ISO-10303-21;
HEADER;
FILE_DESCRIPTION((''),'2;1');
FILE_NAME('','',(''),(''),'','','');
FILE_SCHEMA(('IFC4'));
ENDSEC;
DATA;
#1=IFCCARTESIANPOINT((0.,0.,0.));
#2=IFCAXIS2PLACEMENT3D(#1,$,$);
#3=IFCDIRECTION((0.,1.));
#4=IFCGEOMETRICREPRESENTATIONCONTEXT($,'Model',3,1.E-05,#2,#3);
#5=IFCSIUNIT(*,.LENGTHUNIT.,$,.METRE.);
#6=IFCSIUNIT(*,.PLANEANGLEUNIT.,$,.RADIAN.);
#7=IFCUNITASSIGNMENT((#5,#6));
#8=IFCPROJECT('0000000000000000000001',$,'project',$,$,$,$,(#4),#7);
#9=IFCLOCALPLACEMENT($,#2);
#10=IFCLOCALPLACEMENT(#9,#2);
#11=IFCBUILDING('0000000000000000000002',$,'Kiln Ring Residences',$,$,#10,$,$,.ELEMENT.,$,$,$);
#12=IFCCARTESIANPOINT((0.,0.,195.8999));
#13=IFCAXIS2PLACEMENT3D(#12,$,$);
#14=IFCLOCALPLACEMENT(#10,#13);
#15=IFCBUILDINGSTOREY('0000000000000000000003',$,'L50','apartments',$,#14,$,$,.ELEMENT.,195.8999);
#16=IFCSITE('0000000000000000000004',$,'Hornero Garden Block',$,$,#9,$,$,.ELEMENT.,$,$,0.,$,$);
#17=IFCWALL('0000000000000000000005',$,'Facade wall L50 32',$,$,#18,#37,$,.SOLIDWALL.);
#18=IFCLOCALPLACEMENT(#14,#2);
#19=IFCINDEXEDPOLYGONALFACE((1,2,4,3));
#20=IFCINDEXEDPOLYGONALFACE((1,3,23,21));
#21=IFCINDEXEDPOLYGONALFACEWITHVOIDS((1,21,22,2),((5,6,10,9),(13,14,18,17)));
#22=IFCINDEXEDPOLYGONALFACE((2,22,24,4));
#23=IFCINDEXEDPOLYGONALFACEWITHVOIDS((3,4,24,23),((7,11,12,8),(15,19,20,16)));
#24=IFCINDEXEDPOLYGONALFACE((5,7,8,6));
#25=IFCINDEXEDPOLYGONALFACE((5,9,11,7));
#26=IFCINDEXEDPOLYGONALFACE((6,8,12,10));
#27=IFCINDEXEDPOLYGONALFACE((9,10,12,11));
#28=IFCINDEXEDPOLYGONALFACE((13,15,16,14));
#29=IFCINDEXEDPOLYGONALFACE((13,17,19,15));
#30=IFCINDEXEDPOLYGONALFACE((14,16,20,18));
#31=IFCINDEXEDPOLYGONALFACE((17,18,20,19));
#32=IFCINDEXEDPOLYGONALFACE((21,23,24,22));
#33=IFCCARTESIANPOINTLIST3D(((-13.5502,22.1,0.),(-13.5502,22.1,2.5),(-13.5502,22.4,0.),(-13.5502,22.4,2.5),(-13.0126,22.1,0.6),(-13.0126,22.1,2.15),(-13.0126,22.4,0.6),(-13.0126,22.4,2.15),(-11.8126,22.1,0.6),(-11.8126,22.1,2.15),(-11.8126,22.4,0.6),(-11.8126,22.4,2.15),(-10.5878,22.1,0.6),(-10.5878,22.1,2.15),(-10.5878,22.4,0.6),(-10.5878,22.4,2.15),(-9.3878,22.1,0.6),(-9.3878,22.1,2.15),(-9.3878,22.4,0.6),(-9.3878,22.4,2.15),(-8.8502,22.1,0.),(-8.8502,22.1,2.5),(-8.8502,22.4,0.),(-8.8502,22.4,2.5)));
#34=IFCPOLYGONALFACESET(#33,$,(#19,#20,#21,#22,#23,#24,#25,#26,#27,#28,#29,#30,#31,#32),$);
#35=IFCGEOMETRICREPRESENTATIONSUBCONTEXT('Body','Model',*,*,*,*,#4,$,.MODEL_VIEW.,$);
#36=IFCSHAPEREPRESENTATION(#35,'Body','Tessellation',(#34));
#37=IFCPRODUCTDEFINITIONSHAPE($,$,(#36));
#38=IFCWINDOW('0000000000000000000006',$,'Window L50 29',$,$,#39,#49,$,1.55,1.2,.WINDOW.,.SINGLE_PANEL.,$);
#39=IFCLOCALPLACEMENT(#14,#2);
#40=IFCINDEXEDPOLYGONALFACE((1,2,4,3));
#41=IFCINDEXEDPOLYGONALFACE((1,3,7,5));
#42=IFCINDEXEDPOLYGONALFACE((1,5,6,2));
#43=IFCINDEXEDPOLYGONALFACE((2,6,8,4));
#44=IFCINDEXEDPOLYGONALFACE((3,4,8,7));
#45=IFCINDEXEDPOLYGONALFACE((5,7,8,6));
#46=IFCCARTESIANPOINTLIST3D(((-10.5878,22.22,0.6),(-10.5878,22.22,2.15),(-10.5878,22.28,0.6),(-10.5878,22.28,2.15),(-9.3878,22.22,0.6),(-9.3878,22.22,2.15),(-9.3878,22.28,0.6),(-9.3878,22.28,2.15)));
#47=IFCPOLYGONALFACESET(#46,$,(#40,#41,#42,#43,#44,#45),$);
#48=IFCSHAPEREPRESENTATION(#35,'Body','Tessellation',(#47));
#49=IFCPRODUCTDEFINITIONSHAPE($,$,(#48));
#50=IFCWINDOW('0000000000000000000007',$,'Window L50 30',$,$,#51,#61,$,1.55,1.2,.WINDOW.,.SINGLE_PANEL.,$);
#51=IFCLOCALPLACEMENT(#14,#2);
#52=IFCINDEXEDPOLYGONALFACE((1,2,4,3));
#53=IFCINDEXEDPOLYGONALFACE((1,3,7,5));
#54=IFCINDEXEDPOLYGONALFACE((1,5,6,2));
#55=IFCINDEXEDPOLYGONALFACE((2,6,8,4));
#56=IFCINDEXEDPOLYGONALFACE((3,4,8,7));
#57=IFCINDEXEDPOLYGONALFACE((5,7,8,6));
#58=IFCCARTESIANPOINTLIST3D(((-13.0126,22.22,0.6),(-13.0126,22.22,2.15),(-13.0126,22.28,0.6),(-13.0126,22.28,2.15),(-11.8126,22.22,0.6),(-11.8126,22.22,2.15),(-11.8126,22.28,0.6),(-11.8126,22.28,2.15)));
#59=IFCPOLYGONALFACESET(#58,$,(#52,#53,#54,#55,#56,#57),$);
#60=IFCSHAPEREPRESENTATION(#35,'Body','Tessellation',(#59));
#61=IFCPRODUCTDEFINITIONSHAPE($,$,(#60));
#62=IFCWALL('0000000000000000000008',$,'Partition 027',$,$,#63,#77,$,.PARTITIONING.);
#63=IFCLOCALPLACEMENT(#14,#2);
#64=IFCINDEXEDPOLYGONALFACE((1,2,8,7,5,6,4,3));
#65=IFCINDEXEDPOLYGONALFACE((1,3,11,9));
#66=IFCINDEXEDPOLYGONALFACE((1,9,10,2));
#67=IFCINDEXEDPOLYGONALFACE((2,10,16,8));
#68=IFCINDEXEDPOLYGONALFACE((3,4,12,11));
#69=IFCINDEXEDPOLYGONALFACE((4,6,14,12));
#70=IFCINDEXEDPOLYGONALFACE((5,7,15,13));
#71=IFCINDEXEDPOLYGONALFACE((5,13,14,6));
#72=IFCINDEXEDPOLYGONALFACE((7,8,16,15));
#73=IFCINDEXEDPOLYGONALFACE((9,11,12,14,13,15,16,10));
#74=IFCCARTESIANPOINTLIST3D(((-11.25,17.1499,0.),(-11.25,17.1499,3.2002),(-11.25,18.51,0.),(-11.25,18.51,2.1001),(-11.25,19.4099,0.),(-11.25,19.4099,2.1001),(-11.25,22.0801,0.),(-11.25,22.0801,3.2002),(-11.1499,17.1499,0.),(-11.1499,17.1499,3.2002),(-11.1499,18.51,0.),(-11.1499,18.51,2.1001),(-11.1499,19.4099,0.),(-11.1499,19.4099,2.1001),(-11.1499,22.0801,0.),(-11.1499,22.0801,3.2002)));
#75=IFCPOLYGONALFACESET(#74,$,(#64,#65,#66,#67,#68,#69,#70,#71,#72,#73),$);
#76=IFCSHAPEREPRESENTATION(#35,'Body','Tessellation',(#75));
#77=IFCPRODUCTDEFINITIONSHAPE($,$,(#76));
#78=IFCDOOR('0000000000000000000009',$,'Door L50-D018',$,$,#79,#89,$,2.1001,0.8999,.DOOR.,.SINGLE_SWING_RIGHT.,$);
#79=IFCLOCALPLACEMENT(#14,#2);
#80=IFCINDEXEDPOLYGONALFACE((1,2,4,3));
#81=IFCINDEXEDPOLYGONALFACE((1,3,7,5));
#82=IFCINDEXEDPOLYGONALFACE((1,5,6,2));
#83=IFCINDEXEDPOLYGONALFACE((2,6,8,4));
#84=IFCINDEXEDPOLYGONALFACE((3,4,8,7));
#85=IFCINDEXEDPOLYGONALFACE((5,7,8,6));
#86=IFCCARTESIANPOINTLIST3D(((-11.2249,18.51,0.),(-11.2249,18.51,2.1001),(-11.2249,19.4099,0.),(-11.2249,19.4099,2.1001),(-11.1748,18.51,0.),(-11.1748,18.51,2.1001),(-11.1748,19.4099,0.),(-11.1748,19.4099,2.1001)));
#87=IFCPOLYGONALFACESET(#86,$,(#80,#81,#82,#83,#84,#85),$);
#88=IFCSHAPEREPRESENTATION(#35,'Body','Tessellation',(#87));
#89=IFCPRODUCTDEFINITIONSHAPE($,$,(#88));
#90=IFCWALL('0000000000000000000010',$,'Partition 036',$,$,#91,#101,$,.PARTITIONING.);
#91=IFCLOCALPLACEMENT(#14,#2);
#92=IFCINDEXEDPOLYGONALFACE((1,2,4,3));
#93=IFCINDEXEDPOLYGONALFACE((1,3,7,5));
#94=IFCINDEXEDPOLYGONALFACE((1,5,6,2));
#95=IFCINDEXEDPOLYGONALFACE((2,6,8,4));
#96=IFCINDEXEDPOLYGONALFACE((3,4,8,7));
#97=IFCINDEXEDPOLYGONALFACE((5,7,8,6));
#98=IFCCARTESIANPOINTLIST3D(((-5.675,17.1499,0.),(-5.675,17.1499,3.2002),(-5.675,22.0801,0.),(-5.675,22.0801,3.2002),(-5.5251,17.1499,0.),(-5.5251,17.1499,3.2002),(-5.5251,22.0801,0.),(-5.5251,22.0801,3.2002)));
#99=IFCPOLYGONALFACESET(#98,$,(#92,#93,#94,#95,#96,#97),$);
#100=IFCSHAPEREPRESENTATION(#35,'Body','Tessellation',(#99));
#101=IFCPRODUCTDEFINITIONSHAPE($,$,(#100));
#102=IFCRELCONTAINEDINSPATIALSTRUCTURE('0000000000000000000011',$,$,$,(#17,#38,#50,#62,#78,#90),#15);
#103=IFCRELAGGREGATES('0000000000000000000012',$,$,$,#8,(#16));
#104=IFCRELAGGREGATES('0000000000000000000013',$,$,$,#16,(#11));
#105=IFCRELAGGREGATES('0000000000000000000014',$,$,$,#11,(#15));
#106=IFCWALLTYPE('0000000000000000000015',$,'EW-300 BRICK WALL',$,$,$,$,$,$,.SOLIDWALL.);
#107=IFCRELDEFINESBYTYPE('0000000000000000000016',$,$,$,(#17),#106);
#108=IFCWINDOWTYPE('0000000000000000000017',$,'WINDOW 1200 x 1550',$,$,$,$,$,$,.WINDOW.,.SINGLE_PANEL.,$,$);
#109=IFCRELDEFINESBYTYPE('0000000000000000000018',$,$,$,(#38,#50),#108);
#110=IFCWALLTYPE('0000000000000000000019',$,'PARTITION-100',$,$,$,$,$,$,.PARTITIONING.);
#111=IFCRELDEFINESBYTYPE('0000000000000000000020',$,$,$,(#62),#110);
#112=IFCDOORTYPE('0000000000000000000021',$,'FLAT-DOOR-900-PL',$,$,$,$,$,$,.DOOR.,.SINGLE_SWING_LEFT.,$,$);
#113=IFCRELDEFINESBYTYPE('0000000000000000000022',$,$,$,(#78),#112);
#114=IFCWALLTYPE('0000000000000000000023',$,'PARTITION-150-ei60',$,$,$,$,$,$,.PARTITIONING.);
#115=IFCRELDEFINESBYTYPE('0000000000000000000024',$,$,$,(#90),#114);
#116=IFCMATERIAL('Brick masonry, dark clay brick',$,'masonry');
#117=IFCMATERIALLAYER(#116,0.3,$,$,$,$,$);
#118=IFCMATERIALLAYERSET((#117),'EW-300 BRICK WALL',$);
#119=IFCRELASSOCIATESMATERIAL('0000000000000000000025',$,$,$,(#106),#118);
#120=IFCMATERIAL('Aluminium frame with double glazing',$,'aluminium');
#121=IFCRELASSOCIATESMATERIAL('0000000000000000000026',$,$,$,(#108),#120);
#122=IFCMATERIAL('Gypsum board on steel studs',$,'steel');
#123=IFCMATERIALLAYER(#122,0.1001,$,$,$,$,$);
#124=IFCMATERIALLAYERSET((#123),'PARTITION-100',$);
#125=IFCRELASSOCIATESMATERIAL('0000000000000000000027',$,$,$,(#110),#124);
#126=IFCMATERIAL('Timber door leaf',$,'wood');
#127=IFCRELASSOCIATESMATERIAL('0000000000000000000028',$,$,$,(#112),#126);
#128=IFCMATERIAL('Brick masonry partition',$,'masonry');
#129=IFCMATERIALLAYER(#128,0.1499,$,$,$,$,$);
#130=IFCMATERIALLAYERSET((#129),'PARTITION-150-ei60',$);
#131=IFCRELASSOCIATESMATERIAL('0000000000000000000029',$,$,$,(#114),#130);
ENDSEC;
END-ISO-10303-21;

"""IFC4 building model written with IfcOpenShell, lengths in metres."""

from ifc_helpers import new_model, si_unit, direction, frame, frame_2d, origin, place, context, subcontext, project, spatial, rectangle, extrude, material, layer, layer_set, type_object, element, fill, save


model = new_model("IFC4")

# Units and contexts
model_context = context("Model", 3, precision=1e-05, world=origin(), true_north=direction((0.0, 1.0)))
body_context = subcontext(model_context, "Body", "Model", "MODEL_VIEW")
ifc_project = project(units=[si_unit("LENGTHUNIT", "METRE"), si_unit("PLANEANGLEUNIT", "RADIAN")], contexts=[model_context])

# Site, building, storey
site_placement = place(None, origin())
site = spatial("IfcSite", under=ifc_project, at=site_placement, Name="Hornero Garden Block", CompositionType="ELEMENT", RefElevation=0.0)
building_placement = place(site_placement, origin())
building = spatial("IfcBuilding", under=site, at=building_placement, Name="Kiln Ring Residences", CompositionType="ELEMENT")
storey_placement = place(building_placement, frame((0.0, 0.0, 195.8999)))
storey = spatial("IfcBuildingStorey", under=building, at=storey_placement, Name="L50", Description="apartments", CompositionType="ELEMENT", Elevation=195.8999)

# Wall, openings, windows
ifc_material_1 = material(Name="Brick masonry, dark clay brick", Category="masonry")
ifc_layer_1 = layer(ifc_material_1, 0.3)
ifc_layer_set_1 = layer_set([ifc_layer_1], Name="EW-300 BRICK WALL")
wall_type_1 = type_object("IfcWallType", Name="EW-300 BRICK WALL", PredefinedType="SOLIDWALL", material=ifc_layer_set_1)
ifc_material_2 = material(Name="Aluminium frame with double glazing", Category="aluminium")
window_type = type_object("IfcWindowType", Name="WINDOW 1200 x 1550", PartitioningType="SINGLE_PANEL", PredefinedType="WINDOW", material=ifc_material_2)
wall_1_placement = place(storey_placement, frame((-8.8501, 22.25, 0.0), z_axis=(0.0, 0.0, 1.0), x_axis=(-1.0, 0.0, 0.0)))
wall_1 = element("IfcWall", 1, at=wall_1_placement, inside=storey, type_object=wall_type_1, Name="Facade wall L50 32", PredefinedType="SOLIDWALL", context=body_context, shape_type="SweptSolid", body=[
    extrude(rectangle(XDim=4.7, YDim=0.3, at=frame_2d((2.3501, 0.0))), origin(), (0.0, 0.0, 1.0), 2.5),
])
opening_1_placement = place(wall_1_placement, frame((0.5376, 0.0, 0.6001)))
opening_1 = element("IfcOpeningElement", 2, at=opening_1_placement, cuts=wall_1, PredefinedType="OPENING", context=body_context, shape_type="SweptSolid", body=[
    extrude(rectangle(XDim=1.2, YDim=1.55, at=frame_2d((0.6001, 0.7749))), frame((0.0, 0.1599, 0.0), z_axis=(0.0, -1.0, 0.0), x_axis=(1.0, 0.0, 0.0)), (0.0, 0.0, 1.0), 0.3201),
])
opening_2_placement = place(wall_1_placement, frame((2.9624, 0.0, 0.6001)))
opening_2 = element("IfcOpeningElement", 3, at=opening_2_placement, cuts=wall_1, PredefinedType="OPENING", context=body_context, shape_type="SweptSolid", body=[
    extrude(rectangle(XDim=1.2, YDim=1.55, at=frame_2d((0.6001, 0.7749))), frame((0.0, 0.1599, 0.0), z_axis=(0.0, -1.0, 0.0), x_axis=(1.0, 0.0, 0.0)), (0.0, 0.0, 1.0), 0.3201),
])
window_1_placement = place(opening_1_placement, origin())
window_1 = element("IfcWindow", 4, at=window_1_placement, inside=storey, type_object=window_type, Name="Window L50 29", OverallHeight=1.55, OverallWidth=1.2, PartitioningType="SINGLE_PANEL", PredefinedType="WINDOW", context=body_context, shape_type="SweptSolid", body=[
    extrude(rectangle(XDim=1.2, YDim=1.55, at=frame_2d((0.6001, 0.7749))), frame((0.0, 0.03, 0.0), z_axis=(0.0, -1.0, 0.0), x_axis=(1.0, 0.0, 0.0)), (0.0, 0.0, 1.0), 0.0601),
])
fill(opening_1, window_1)
window_2_placement = place(opening_2_placement, origin())
window_2 = element("IfcWindow", 5, at=window_2_placement, inside=storey, type_object=window_type, Name="Window L50 30", OverallHeight=1.55, OverallWidth=1.2, PartitioningType="SINGLE_PANEL", PredefinedType="WINDOW", context=body_context, shape_type="SweptSolid", body=[
    extrude(rectangle(XDim=1.2, YDim=1.55, at=frame_2d((0.6001, 0.7749))), frame((0.0, 0.03, 0.0), z_axis=(0.0, -1.0, 0.0), x_axis=(1.0, 0.0, 0.0)), (0.0, 0.0, 1.0), 0.0601),
])
fill(opening_2, window_2)

# Wall, opening, door
ifc_material_3 = material(Name="Gypsum board on steel studs", Category="steel")
ifc_layer_2 = layer(ifc_material_3, 0.1001)
ifc_layer_set_2 = layer_set([ifc_layer_2], Name="PARTITION-100")
wall_type_2 = type_object("IfcWallType", Name="PARTITION-100", PredefinedType="PARTITIONING", material=ifc_layer_set_2)
wall_2_placement = place(storey_placement, frame((-11.2, 17.1499, 0.0), z_axis=(0.0, 0.0, 1.0), x_axis=(0.0, 1.0, 0.0)))
wall_2 = element("IfcWall", 6, at=wall_2_placement, inside=storey, type_object=wall_type_2, Name="Partition 027", PredefinedType="PARTITIONING", context=body_context, shape_type="SweptSolid", body=[
    extrude(rectangle(XDim=4.9302, YDim=0.1001, at=frame_2d((2.4651, 0.0))), origin(), (0.0, 0.0, 1.0), 3.2002),
])
opening_3_placement = place(wall_2_placement, frame((1.3601, 0.0, 0.0)))
opening_3 = element("IfcOpeningElement", 7, at=opening_3_placement, cuts=wall_2, PredefinedType="OPENING", context=body_context, shape_type="SweptSolid", body=[
    extrude(rectangle(XDim=0.8999, YDim=2.1001, at=frame_2d((0.45, 1.05))), frame((0.0, 0.0601, 0.0), z_axis=(0.0, -1.0, 0.0), x_axis=(1.0, 0.0, 0.0)), (0.0, 0.0, 1.0), 0.1201),
])
ifc_material_4 = material(Name="Timber door leaf", Category="wood")
door_type = type_object("IfcDoorType", Name="FLAT-DOOR-900-PL", OperationType="SINGLE_SWING_LEFT", PredefinedType="DOOR", material=ifc_material_4)
door_placement = place(opening_3_placement, origin())
door = element("IfcDoor", 8, at=door_placement, inside=storey, type_object=door_type, Name="Door L50-D018", OperationType="SINGLE_SWING_RIGHT", OverallHeight=2.1001, OverallWidth=0.8999, PredefinedType="DOOR", context=body_context, shape_type="SweptSolid", body=[
    extrude(rectangle(XDim=0.8999, YDim=2.1001, at=frame_2d((0.45, 1.05))), frame((0.0, 0.0249, 0.0), z_axis=(0.0, -1.0, 0.0), x_axis=(1.0, 0.0, 0.0)), (0.0, 0.0, 1.0), 0.05),
])
fill(opening_3, door)

# Wall
ifc_material_5 = material(Name="Brick masonry partition", Category="masonry")
ifc_layer_3 = layer(ifc_material_5, 0.1499)
ifc_layer_set_3 = layer_set([ifc_layer_3], Name="PARTITION-150-ei60")
wall_type_3 = type_object("IfcWallType", Name="PARTITION-150-ei60", PredefinedType="PARTITIONING", material=ifc_layer_set_3)
wall_3_placement = place(storey_placement, frame((-5.6001, 17.1499, 0.0), z_axis=(0.0, 0.0, 1.0), x_axis=(0.0, 1.0, 0.0)))
element("IfcWall", 9, at=wall_3_placement, inside=storey, type_object=wall_type_3, Name="Partition 036", PredefinedType="PARTITIONING", context=body_context, shape_type="SweptSolid", body=[
    extrude(rectangle(XDim=4.9302, YDim=0.1499, at=frame_2d((2.4651, 0.0))), origin(), (0.0, 0.0, 1.0), 3.2002),
])

save(model, "model.ifc")
